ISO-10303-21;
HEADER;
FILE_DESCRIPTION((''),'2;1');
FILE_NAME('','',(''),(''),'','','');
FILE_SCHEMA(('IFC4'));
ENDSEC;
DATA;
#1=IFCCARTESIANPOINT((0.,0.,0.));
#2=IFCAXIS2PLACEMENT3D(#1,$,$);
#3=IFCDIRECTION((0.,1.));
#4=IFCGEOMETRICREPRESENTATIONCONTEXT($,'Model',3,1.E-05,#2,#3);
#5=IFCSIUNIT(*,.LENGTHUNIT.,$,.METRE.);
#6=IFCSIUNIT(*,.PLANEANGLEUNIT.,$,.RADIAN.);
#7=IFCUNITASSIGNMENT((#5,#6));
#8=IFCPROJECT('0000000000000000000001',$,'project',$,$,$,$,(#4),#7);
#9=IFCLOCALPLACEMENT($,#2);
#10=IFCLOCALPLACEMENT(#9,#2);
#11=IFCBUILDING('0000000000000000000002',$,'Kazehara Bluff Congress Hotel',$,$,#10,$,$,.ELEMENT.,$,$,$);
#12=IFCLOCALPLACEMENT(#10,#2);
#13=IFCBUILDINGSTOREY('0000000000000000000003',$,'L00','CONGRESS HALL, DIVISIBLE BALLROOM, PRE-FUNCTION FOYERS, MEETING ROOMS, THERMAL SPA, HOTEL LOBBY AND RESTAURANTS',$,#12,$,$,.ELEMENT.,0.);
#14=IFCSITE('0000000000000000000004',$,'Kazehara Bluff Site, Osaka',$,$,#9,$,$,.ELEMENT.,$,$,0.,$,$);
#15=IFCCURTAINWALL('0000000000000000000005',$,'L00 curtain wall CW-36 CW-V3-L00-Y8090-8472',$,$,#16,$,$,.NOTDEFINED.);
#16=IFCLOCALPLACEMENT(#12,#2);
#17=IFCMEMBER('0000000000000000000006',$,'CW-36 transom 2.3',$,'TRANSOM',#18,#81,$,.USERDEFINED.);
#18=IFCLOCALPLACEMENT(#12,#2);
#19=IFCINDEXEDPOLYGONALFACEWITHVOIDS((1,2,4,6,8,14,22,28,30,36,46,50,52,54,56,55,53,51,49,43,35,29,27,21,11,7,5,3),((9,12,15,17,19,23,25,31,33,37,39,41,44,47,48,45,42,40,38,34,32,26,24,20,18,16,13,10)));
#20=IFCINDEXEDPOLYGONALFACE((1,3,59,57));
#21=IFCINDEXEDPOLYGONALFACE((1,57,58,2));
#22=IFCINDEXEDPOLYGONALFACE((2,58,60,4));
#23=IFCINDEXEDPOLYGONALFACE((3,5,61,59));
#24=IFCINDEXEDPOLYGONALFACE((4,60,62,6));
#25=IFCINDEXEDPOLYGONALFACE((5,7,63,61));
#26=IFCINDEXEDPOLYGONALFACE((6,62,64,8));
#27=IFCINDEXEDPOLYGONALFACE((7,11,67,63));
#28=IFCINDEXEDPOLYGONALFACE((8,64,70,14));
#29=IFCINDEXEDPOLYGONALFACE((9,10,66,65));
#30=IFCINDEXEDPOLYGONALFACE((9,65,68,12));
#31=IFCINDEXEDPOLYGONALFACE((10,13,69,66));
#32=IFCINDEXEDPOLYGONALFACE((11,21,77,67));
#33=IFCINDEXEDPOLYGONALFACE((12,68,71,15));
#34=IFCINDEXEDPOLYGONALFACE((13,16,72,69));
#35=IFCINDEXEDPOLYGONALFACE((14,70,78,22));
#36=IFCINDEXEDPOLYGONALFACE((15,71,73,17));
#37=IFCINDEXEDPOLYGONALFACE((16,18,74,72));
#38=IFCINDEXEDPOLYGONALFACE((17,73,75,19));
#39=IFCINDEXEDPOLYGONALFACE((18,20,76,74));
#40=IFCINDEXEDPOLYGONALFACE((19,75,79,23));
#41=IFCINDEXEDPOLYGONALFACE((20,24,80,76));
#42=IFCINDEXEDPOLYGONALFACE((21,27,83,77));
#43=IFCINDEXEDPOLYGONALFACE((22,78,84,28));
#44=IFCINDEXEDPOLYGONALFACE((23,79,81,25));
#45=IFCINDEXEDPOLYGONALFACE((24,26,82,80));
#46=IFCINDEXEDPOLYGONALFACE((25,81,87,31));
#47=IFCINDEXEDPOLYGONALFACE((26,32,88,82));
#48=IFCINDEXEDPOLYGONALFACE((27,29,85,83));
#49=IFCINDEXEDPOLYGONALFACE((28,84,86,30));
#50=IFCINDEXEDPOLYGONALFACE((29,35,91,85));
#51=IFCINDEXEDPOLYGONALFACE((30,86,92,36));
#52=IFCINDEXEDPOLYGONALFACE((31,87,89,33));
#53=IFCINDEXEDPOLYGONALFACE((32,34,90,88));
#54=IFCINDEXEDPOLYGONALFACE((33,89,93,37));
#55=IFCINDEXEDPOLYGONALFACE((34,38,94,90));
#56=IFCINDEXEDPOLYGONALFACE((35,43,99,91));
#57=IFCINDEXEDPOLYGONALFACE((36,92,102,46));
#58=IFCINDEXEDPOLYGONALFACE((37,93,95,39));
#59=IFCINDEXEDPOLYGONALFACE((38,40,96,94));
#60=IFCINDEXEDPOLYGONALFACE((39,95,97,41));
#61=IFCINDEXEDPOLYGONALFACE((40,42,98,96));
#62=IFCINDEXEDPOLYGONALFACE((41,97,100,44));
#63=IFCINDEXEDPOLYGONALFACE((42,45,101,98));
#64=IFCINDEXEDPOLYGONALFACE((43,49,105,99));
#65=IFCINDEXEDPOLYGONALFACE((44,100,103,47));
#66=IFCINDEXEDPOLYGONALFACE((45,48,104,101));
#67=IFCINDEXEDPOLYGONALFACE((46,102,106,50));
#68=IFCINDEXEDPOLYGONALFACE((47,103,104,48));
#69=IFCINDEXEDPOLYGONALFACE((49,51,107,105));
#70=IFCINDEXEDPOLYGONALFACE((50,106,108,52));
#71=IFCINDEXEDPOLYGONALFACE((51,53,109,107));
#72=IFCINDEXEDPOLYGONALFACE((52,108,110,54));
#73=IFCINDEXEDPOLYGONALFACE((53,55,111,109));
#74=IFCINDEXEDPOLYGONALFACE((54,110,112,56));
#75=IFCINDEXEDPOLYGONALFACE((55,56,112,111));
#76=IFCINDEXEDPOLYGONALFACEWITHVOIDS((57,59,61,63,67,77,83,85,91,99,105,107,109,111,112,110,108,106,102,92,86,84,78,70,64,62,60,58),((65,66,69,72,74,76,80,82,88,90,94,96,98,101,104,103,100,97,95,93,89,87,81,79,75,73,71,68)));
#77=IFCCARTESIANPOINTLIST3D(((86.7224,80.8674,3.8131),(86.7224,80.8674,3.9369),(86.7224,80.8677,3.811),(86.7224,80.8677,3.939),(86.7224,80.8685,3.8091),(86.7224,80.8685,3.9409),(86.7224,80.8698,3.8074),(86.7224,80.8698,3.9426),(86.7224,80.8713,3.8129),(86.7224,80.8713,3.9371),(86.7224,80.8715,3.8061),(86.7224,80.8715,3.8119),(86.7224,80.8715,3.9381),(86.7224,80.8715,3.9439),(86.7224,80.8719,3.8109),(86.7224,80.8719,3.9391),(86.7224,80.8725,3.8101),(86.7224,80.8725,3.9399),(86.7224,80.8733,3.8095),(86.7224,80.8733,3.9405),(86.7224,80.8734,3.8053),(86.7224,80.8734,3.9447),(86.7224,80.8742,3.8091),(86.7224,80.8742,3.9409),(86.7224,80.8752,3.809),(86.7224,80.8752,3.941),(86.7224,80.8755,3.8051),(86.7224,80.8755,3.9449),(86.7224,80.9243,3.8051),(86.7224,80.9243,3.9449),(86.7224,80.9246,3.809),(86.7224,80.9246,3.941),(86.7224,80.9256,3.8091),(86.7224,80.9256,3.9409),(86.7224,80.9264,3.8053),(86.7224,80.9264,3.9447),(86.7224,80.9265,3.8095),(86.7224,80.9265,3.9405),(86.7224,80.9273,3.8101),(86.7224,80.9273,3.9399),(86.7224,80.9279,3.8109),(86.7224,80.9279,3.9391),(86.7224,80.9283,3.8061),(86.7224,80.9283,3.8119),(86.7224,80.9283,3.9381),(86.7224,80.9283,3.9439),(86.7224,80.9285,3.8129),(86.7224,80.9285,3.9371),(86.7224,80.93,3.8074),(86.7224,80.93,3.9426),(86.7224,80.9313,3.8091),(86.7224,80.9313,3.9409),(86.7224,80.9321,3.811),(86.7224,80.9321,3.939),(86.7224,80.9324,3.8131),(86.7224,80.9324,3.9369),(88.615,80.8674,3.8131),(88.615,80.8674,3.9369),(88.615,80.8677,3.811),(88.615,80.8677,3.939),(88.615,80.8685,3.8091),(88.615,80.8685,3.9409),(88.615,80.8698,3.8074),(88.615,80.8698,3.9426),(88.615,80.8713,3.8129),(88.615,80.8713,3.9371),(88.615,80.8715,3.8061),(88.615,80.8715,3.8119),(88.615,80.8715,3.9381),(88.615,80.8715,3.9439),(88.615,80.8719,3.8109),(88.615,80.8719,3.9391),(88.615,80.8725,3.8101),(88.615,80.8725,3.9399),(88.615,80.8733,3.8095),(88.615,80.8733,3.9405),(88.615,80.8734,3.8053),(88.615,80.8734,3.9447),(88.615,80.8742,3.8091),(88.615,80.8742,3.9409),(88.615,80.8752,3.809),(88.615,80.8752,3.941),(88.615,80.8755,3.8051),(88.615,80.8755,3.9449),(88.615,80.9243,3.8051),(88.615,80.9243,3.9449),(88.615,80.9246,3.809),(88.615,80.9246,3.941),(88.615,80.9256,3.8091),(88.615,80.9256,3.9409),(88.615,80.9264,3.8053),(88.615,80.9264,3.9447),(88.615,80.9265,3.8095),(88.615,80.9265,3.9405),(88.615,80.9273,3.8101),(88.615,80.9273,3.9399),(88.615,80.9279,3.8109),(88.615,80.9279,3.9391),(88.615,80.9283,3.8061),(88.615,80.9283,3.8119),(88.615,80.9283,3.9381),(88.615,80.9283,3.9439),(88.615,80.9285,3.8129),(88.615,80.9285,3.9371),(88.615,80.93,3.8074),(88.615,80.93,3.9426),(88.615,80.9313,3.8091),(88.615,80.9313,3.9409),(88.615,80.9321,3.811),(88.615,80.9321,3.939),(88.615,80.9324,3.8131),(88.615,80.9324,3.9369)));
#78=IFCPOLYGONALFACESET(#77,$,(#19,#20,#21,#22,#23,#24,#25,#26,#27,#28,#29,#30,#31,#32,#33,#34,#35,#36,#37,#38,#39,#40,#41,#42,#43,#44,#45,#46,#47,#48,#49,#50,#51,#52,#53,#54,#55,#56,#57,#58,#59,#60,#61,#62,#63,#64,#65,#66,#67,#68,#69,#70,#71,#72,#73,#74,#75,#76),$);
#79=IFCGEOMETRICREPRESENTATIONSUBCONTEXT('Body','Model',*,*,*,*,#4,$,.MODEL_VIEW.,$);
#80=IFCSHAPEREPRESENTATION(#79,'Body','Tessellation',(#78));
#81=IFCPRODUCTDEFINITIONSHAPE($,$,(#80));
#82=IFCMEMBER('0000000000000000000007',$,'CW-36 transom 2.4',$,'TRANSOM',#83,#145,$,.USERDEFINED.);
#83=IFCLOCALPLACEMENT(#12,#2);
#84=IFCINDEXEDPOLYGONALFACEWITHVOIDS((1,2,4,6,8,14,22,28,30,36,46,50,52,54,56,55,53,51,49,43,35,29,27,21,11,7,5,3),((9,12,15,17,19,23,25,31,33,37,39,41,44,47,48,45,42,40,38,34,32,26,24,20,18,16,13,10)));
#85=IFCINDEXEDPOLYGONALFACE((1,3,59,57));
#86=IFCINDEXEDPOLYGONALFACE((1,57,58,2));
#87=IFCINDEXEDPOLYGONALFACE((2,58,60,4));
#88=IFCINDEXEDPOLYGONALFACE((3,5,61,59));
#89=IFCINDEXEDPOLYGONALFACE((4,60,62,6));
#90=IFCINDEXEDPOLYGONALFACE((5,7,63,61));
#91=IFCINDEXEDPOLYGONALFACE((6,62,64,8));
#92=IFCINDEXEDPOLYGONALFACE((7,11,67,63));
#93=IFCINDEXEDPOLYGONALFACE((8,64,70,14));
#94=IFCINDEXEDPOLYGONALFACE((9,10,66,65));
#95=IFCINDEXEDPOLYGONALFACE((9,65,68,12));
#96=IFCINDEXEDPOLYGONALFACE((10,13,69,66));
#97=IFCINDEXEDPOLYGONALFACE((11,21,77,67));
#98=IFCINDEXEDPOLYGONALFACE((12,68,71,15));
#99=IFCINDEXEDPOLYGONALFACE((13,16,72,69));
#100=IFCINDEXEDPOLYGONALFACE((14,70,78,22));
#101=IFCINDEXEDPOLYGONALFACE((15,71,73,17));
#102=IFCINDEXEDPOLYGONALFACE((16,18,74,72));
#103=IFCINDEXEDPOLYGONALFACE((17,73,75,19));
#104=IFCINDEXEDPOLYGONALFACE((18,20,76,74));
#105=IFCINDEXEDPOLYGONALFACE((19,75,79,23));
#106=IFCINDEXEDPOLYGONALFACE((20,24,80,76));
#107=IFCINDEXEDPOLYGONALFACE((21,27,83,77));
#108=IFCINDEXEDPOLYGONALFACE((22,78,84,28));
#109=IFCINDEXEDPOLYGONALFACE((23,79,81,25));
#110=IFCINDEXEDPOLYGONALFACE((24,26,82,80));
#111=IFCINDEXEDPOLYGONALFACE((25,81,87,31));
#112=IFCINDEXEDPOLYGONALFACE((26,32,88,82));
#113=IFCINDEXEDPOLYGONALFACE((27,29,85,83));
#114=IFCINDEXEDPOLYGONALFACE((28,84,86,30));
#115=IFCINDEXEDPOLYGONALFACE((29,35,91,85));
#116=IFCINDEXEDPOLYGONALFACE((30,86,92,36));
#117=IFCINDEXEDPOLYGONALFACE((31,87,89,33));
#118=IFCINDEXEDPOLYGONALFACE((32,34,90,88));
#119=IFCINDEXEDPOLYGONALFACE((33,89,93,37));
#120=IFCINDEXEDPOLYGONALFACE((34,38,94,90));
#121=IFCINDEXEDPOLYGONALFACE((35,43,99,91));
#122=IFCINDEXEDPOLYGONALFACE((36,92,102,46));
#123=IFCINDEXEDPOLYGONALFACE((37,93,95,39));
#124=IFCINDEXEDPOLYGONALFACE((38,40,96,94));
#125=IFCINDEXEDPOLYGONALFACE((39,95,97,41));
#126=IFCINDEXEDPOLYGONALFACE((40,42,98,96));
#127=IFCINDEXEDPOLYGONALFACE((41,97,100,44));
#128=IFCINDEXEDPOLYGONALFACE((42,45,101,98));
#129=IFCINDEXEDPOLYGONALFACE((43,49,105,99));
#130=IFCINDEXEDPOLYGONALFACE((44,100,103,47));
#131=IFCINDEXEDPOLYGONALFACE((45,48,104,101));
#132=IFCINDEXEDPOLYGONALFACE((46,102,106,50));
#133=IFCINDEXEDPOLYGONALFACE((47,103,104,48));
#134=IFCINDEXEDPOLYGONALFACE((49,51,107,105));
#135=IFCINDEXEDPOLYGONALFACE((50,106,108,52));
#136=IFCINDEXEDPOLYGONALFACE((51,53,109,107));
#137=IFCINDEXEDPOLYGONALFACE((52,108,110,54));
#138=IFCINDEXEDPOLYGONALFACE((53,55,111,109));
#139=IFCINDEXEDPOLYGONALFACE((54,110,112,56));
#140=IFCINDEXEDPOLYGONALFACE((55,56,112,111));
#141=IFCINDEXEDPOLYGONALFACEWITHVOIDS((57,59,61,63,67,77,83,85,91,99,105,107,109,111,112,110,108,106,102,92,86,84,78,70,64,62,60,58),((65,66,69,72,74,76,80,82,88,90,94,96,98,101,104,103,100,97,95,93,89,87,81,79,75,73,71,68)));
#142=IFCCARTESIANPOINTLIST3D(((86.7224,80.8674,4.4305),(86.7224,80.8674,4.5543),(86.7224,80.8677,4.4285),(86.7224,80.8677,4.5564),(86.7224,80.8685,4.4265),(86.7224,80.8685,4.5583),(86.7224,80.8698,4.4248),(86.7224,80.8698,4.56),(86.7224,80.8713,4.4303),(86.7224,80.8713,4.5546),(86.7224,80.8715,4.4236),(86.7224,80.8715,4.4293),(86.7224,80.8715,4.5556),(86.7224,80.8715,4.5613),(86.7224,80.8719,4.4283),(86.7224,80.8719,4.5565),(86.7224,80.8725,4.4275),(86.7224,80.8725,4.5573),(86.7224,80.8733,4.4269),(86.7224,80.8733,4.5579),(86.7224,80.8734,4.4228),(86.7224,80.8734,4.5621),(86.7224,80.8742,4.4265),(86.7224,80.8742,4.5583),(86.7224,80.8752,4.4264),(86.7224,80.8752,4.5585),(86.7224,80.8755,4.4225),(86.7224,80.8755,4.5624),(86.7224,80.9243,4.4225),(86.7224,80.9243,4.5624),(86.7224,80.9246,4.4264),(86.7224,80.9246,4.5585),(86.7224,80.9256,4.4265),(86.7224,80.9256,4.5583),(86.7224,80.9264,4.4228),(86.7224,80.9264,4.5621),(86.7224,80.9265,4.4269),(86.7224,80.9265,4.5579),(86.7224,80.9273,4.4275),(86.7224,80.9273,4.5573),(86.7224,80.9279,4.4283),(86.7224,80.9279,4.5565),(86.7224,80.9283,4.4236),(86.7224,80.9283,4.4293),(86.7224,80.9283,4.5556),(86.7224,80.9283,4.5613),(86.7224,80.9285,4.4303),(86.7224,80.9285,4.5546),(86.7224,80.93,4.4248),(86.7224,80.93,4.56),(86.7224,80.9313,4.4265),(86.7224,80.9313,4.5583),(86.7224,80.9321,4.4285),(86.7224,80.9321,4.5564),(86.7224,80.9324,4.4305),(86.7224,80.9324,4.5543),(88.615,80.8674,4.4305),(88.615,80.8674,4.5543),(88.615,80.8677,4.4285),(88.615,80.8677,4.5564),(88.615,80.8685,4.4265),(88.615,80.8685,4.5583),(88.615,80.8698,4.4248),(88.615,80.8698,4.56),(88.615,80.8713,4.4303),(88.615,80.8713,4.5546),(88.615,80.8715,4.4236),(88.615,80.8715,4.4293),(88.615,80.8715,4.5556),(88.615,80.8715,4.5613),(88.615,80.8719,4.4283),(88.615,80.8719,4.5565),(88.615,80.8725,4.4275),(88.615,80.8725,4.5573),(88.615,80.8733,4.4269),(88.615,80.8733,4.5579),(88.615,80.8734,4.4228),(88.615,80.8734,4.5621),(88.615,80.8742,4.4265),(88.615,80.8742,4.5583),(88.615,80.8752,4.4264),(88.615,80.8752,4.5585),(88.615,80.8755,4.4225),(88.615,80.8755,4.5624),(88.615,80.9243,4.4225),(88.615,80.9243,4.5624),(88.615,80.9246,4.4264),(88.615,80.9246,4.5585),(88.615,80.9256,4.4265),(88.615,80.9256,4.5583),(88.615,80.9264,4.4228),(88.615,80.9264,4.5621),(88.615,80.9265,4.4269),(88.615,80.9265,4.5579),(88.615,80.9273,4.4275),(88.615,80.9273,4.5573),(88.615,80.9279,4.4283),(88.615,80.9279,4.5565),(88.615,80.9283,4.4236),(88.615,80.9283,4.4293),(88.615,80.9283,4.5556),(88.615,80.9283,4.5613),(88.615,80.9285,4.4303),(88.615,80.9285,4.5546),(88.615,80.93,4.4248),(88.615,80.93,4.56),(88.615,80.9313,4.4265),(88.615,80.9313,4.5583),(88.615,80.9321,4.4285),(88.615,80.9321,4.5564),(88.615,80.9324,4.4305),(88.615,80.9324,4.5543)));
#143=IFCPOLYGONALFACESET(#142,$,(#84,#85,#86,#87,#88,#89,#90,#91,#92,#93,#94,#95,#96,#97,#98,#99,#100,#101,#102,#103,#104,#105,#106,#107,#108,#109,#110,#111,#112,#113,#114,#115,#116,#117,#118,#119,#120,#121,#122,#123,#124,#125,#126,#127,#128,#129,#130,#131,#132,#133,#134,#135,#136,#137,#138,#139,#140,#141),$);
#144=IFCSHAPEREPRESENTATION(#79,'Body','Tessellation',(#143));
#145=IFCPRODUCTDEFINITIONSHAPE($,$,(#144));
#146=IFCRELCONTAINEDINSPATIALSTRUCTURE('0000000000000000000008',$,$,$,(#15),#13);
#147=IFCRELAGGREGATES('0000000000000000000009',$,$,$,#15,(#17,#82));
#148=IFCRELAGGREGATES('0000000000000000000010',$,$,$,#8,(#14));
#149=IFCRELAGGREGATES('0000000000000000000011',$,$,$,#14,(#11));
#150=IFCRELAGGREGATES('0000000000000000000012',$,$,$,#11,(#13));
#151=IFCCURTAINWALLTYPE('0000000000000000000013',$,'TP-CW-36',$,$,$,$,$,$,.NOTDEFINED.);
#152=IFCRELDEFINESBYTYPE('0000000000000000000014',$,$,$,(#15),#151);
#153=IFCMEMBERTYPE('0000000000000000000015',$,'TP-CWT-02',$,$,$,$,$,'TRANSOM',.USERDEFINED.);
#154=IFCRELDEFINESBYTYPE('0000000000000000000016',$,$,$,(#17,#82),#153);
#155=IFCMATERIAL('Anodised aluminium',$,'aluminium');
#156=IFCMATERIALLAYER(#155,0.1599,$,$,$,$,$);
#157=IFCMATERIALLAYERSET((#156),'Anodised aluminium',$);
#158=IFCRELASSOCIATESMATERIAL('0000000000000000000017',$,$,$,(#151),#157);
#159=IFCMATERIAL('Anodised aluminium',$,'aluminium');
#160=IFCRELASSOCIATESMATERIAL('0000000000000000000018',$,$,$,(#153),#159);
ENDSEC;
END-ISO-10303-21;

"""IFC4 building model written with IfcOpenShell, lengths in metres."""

from ifc_helpers import new_model, si_unit, direction, frame, origin, origin_2d, place, context, subcontext, project, spatial, hollow_rectangle, extrude, material, layer, layer_set, material_profile, profile_set, type_object, element, aggregate, save


model = new_model("IFC4")

# Units and contexts
model_context = context("Model", 3, precision=1e-05, world=origin(), true_north=direction((0.0, 1.0)))
body_context = subcontext(model_context, "Body", "Model", "MODEL_VIEW")
ifc_project = project(units=[si_unit("LENGTHUNIT", "METRE"), si_unit("PLANEANGLEUNIT", "RADIAN")], contexts=[model_context])

# Site, building, storey
site_placement = place(None, origin())
site = spatial("IfcSite", under=ifc_project, at=site_placement, Name="Kazehara Bluff Site, Osaka", CompositionType="ELEMENT", RefElevation=0.0)
building_placement = place(site_placement, origin())
building = spatial("IfcBuilding", under=site, at=building_placement, Name="Kazehara Bluff Congress Hotel", CompositionType="ELEMENT")
storey_placement = place(building_placement, origin())
storey = spatial("IfcBuildingStorey", under=building, at=storey_placement, Name="L00", Description="CONGRESS HALL, DIVISIBLE BALLROOM, PRE-FUNCTION FOYERS, MEETING ROOMS, THERMAL SPA, HOTEL LOBBY AND RESTAURANTS", CompositionType="ELEMENT", Elevation=0.0)

# Shared definitions
ifc_material_1 = material(Name="Anodised aluminium", Category="aluminium")
ifc_layer_1 = layer(ifc_material_1, 0.1599)
ifc_layer_set_1 = layer_set([ifc_layer_1], Name="Anodised aluminium")
curtain_wall_type = type_object("IfcCurtainWallType", Name="TP-CW-36", PredefinedType="NOTDEFINED", material=ifc_layer_set_1)

# Curtain wall
curtain_wall_1_placement = place(storey_placement, origin())
curtain_wall_1 = element("IfcCurtainWall", 1, at=curtain_wall_1_placement, inside=storey, type_object=curtain_wall_type, Name="L00 curtain wall CW-36 CW-V3-L00-Y8090-8472", PredefinedType="NOTDEFINED")

# Members
ifc_material_2 = material(Name="Anodised aluminium", Category="aluminium")
ifc_material_profile_1 = material_profile(ifc_material_2, hollow_rectangle(XDim=0.0649, YDim=0.1399, WallThickness=0.0039, InnerFilletRadius=0.0039, OuterFilletRadius=0.0081, at=origin_2d()))
ifc_profile_set_1 = profile_set([ifc_material_profile_1], Name="Anodised aluminium")
member_type_1 = type_object("IfcMemberType", Name="TP-CWT-02", ElementType="TRANSOM", PredefinedType="USERDEFINED", material=ifc_profile_set_1)
member_1_placement = place(storey_placement, frame((86.7224, 80.8999, 3.875), z_axis=(1.0, 0.0, 0.0), x_axis=(0.0, 1.0, 0.0)))
member_1 = element("IfcMember", 2, at=member_1_placement, type_object=member_type_1, Name="CW-36 transom 2.3", ObjectType="TRANSOM", PredefinedType="USERDEFINED", context=body_context, shape_type="SweptSolid", body=[
    extrude(hollow_rectangle(XDim=0.0649, YDim=0.1399, WallThickness=0.0039, InnerFilletRadius=0.0039, OuterFilletRadius=0.0081, at=origin_2d()), origin(), (0.0, 0.0, 1.0), 1.8926),
])
member_2_placement = place(storey_placement, frame((86.7224, 80.8999, 4.4924), z_axis=(1.0, 0.0, 0.0), x_axis=(0.0, 1.0, 0.0)))
member_2 = element("IfcMember", 3, at=member_2_placement, type_object=member_type_1, Name="CW-36 transom 2.4", ObjectType="TRANSOM", PredefinedType="USERDEFINED", context=body_context, shape_type="SweptSolid", body=[
    extrude(hollow_rectangle(XDim=0.0649, YDim=0.1399, WallThickness=0.0039, InnerFilletRadius=0.0039, OuterFilletRadius=0.0081, at=origin_2d()), origin(), (0.0, 0.0, 1.0), 1.8926),
])

aggregate(curtain_wall_1, [member_1, member_2])

save(model, "model.ifc")
